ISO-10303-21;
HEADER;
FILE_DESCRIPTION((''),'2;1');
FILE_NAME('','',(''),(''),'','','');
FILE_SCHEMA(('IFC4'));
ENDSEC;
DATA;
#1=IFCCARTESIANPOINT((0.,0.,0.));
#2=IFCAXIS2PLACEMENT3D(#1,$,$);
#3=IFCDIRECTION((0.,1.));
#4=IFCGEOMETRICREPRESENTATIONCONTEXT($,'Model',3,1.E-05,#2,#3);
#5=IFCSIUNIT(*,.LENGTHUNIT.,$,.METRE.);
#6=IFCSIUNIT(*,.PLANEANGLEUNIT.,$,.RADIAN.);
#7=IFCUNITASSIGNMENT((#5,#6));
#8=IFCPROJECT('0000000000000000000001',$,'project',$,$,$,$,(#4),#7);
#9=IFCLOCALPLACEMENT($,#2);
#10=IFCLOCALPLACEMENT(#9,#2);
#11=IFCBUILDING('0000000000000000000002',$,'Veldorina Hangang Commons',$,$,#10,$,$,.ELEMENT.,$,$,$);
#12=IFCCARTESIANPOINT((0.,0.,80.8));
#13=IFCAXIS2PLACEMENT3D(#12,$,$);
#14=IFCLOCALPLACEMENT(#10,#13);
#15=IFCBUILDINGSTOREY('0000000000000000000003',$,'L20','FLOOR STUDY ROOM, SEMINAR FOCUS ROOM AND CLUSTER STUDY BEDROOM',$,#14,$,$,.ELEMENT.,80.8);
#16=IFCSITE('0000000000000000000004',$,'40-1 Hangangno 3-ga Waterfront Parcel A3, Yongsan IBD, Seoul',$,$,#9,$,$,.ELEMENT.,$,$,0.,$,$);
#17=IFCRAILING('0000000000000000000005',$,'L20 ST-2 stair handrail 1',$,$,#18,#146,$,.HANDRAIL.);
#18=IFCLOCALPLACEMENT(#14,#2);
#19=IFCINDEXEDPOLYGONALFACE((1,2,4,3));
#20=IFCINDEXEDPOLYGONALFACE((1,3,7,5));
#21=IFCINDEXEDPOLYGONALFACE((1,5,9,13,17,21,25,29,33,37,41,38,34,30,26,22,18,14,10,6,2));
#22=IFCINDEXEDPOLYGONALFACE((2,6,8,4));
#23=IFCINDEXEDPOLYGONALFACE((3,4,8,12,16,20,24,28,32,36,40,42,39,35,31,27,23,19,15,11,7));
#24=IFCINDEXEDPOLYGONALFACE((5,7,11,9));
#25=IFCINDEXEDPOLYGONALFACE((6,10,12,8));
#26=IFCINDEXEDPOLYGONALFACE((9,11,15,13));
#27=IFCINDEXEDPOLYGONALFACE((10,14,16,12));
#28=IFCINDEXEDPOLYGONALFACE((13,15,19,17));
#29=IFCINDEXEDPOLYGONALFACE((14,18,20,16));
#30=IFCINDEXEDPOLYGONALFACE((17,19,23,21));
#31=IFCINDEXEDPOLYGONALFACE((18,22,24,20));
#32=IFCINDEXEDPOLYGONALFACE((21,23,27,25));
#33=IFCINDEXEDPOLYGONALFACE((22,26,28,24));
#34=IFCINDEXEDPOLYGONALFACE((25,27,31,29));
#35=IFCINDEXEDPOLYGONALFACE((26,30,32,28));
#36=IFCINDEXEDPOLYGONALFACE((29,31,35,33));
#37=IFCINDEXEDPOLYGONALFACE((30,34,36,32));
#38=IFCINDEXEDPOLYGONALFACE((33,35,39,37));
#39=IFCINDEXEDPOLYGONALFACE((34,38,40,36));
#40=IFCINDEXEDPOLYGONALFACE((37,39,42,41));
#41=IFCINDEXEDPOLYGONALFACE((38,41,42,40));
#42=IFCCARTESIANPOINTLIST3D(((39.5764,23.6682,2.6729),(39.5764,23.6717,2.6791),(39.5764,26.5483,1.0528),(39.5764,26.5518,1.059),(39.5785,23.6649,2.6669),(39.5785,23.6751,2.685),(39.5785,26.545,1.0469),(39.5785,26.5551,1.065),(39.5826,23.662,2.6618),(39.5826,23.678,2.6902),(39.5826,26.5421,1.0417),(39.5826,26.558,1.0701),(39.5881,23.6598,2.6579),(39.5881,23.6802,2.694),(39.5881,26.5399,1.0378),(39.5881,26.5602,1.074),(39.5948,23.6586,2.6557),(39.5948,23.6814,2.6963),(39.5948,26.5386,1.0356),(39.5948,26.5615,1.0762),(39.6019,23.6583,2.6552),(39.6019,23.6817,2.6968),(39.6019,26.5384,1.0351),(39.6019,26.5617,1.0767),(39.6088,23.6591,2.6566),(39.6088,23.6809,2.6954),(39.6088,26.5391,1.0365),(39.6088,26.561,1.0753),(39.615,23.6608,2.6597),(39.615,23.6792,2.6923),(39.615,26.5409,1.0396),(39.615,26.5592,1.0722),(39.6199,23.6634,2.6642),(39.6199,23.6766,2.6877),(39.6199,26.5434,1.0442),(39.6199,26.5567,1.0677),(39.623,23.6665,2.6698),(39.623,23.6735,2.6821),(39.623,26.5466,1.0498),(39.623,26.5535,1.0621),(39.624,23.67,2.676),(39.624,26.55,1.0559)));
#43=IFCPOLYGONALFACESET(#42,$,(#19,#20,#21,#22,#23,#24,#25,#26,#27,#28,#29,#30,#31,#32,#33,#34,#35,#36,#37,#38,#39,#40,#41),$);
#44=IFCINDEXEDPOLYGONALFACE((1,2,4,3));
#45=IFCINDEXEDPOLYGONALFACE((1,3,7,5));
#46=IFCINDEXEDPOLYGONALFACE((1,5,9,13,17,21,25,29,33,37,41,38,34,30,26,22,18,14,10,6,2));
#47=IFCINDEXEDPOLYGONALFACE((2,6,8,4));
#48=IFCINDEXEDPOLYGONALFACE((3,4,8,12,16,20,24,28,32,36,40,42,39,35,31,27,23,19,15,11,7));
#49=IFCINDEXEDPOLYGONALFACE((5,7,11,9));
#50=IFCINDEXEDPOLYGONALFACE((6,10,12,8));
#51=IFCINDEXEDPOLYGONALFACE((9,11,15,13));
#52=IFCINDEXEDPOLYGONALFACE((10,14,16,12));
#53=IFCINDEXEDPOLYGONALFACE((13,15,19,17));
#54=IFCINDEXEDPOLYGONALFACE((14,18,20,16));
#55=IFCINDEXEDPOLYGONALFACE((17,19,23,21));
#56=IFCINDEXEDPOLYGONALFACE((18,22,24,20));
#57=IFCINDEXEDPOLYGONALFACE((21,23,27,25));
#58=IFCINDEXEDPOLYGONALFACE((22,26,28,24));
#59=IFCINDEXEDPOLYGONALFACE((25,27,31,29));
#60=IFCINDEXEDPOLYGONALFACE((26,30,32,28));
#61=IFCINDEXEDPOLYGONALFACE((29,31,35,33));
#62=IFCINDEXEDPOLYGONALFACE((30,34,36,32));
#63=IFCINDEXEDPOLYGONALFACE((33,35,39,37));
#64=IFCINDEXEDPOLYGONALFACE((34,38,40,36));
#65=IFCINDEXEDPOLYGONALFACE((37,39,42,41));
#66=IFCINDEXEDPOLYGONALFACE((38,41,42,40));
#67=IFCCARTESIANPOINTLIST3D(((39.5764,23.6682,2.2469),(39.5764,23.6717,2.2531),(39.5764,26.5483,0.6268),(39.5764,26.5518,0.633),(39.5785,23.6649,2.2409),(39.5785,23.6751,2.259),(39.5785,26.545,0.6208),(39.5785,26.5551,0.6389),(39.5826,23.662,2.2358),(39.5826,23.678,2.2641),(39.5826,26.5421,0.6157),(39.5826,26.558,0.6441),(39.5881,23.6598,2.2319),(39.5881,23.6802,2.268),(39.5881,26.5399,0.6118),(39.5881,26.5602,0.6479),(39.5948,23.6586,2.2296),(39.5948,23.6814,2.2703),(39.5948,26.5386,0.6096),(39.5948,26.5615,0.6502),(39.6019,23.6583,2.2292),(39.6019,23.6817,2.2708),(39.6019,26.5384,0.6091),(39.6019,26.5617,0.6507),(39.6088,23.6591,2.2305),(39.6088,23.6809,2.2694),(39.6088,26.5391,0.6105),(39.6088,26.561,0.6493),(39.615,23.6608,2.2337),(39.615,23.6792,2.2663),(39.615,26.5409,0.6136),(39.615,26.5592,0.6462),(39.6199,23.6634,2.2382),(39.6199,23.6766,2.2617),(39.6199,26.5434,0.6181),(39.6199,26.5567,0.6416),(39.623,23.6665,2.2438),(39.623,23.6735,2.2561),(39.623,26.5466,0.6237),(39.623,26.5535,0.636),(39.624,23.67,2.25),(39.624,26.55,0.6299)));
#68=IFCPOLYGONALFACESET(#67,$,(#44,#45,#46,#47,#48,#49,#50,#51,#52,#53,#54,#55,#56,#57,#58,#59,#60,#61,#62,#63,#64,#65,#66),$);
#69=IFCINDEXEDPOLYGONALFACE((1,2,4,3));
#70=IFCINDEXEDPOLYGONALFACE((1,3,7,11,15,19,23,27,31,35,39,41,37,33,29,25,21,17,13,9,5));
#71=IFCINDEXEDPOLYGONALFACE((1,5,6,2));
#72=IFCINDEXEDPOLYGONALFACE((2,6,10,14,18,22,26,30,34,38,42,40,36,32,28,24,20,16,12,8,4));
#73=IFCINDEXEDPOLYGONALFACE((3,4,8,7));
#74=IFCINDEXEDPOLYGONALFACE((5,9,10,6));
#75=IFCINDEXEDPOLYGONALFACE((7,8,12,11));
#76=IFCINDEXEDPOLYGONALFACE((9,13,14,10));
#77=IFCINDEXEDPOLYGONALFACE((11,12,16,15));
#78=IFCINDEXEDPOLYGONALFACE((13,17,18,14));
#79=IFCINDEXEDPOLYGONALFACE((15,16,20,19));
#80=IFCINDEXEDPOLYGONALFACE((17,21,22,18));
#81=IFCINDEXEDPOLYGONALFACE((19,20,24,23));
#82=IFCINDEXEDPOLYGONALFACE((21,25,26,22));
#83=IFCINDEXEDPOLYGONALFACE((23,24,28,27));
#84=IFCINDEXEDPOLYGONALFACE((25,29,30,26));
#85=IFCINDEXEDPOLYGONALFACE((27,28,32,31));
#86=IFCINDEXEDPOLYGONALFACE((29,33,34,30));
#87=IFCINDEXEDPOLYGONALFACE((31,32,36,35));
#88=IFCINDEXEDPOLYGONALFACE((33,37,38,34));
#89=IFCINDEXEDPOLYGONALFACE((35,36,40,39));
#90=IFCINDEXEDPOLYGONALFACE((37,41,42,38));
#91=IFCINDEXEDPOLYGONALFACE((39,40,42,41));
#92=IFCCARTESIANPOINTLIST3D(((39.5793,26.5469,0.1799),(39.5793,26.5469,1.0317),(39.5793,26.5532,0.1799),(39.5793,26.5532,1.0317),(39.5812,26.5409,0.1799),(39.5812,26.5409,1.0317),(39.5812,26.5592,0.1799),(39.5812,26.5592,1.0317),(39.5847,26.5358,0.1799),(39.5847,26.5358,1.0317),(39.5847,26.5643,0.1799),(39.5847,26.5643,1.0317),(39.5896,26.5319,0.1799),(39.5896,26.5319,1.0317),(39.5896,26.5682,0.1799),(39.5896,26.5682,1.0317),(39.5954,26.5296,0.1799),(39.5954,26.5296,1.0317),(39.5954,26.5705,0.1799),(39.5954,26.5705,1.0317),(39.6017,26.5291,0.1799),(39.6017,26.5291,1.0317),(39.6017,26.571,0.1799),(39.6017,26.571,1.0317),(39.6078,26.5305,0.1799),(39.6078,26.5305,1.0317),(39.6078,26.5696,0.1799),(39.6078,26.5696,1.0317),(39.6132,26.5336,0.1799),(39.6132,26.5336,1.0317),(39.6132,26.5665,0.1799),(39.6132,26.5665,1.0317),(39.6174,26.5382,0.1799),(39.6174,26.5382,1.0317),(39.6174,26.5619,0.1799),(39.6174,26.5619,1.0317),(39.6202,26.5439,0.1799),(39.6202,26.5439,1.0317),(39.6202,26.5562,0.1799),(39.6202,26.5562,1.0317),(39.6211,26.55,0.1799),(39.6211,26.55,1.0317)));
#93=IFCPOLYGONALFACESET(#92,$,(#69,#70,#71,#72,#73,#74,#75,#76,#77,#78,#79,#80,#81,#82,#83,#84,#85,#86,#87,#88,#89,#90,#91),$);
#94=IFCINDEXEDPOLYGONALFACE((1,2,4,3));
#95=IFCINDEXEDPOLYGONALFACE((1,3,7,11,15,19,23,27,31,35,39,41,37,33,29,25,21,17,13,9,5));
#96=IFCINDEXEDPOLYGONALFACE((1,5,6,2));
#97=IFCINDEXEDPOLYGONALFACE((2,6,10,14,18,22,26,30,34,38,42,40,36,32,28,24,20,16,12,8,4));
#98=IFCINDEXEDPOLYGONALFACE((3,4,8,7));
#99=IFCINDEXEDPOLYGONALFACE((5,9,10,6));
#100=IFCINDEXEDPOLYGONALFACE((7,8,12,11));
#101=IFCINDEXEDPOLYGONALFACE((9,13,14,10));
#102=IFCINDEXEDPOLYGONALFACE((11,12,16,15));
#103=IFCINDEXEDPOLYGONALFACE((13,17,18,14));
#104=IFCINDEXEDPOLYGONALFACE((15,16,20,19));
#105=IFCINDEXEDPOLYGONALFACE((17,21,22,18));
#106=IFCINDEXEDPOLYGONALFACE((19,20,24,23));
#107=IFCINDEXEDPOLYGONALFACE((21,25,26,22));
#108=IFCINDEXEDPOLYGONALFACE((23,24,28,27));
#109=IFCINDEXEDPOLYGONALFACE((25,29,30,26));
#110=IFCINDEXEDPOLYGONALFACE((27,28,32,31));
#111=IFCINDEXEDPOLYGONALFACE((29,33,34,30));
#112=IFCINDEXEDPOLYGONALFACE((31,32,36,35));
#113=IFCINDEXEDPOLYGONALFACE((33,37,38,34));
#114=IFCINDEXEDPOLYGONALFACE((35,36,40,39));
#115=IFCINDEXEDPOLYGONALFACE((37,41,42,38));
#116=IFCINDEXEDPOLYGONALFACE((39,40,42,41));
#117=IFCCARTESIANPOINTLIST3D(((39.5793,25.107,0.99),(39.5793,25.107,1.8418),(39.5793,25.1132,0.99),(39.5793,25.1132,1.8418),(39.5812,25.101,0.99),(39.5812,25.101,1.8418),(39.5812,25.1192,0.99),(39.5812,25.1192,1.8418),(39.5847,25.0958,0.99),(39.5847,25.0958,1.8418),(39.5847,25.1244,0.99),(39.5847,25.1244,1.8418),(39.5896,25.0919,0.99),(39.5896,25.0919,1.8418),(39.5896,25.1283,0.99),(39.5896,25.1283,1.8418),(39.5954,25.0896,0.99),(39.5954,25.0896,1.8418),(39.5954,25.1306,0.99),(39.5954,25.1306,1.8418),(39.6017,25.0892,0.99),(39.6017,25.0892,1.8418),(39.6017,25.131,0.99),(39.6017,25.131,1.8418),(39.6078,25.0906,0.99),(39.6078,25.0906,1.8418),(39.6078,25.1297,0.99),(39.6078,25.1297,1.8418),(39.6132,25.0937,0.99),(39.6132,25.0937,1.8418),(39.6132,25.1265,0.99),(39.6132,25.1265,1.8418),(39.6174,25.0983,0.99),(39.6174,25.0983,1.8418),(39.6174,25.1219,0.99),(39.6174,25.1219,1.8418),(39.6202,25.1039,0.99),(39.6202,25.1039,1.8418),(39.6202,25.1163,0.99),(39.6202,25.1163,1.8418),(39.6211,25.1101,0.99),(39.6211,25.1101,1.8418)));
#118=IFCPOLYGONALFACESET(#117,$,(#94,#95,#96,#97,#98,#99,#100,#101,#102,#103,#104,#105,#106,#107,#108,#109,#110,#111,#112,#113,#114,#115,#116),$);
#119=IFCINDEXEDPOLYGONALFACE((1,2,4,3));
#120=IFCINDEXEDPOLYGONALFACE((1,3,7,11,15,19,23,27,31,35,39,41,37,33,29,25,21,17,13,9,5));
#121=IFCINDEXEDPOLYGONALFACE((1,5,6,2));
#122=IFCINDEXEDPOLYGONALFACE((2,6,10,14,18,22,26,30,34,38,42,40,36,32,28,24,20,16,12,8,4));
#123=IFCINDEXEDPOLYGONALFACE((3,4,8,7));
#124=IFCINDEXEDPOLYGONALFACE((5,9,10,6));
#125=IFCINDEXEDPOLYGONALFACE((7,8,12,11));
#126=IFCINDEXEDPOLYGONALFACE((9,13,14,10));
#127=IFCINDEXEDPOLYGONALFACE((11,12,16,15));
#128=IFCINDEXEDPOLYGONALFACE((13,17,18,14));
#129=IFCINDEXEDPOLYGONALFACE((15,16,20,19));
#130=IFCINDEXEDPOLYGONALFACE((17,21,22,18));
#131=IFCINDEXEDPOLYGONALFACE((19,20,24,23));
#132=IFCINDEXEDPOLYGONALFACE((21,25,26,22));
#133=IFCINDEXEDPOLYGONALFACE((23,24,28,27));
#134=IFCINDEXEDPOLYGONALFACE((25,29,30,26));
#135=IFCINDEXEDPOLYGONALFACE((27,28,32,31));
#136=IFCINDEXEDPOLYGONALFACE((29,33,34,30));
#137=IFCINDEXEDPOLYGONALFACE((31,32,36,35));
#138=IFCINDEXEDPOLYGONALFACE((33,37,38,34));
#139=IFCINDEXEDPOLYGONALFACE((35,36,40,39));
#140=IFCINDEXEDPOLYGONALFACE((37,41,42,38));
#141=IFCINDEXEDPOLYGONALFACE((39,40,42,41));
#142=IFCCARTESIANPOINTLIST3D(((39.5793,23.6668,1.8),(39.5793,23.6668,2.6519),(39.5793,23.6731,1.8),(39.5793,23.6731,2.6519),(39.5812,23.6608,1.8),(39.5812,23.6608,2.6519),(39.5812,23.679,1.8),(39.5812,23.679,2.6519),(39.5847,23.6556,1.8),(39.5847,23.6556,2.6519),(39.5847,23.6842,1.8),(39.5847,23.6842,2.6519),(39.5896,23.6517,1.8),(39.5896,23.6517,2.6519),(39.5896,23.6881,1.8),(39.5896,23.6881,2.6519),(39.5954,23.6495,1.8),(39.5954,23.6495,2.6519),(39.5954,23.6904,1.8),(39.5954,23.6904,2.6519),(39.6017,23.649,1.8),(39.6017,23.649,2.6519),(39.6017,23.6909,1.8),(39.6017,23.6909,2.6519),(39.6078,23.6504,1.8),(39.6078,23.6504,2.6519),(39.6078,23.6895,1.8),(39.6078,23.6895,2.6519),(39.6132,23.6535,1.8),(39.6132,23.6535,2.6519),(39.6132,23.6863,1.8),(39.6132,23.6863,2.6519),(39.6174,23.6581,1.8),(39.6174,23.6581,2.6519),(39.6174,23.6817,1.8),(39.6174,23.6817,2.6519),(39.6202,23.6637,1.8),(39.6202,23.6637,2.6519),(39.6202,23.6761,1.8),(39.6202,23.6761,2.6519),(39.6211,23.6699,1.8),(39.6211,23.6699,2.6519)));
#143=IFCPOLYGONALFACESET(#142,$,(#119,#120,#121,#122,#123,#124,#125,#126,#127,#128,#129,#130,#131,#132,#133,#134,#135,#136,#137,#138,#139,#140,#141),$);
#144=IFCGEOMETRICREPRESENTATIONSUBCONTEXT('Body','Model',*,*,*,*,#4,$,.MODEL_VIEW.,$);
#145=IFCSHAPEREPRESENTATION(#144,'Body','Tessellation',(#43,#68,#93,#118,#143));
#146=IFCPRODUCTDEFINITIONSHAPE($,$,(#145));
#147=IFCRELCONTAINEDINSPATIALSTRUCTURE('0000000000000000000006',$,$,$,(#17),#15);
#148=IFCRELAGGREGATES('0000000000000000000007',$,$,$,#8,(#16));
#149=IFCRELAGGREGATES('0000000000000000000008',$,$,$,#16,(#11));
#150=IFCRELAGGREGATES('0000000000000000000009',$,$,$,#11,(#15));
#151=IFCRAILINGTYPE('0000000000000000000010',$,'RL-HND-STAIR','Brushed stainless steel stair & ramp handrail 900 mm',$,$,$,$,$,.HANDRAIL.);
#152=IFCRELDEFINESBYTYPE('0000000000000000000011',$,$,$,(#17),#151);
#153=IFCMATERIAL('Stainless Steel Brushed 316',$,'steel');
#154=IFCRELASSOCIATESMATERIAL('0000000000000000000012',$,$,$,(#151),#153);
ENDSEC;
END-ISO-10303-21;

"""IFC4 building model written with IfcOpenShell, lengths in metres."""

from ifc_helpers import new_model, si_unit, direction, frame, origin, origin_2d, place, context, subcontext, project, spatial, circle, extrude, material, type_object, element, save


model = new_model("IFC4")

# Units and contexts
model_context = context("Model", 3, precision=1e-05, world=origin(), true_north=direction((0.0, 1.0)))
body_context = subcontext(model_context, "Body", "Model", "MODEL_VIEW")
ifc_project = project(units=[si_unit("LENGTHUNIT", "METRE"), si_unit("PLANEANGLEUNIT", "RADIAN")], contexts=[model_context])

# Site, building, storey
site_placement = place(None, origin())
site = spatial("IfcSite", under=ifc_project, at=site_placement, Name="40-1 Hangangno 3-ga Waterfront Parcel A3, Yongsan IBD, Seoul", CompositionType="ELEMENT", RefElevation=0.0)
building_placement = place(site_placement, origin())
building = spatial("IfcBuilding", under=site, at=building_placement, Name="Veldorina Hangang Commons", CompositionType="ELEMENT")
storey_placement = place(building_placement, frame((0.0, 0.0, 80.8)))
storey = spatial("IfcBuildingStorey", under=building, at=storey_placement, Name="L20", Description="FLOOR STUDY ROOM, SEMINAR FOCUS ROOM AND CLUSTER STUDY BEDROOM", CompositionType="ELEMENT", Elevation=80.8)

# Railing
ifc_material_1 = material(Name="Stainless Steel Brushed 316", Category="steel")
railing_type_1 = type_object("IfcRailingType", Name="RL-HND-STAIR", Description="Brushed stainless steel stair & ramp handrail 900 mm", PredefinedType="HANDRAIL", material=ifc_material_1)
railing_1_placement = place(storey_placement, frame((39.6001, 26.55, 0.1799)))
element("IfcRailing", 1, at=railing_1_placement, inside=storey, type_object=railing_type_1, Name="L20 ST-2 stair handrail 1", PredefinedType="HANDRAIL", context=body_context, shape_type="SweptSolid", body=[
    extrude(circle(Radius=0.0239, at=origin_2d()), frame((0.0, 0.0, 0.876), z_axis=(0.0, -0.87157, 0.490272), x_axis=(1.0, 0.0, 0.0)), (0.0, 0.0, 1.0), 3.3044),
    extrude(circle(Radius=0.0239, at=origin_2d()), frame((0.0, 0.0, 0.45), z_axis=(0.0, -0.87157, 0.490272), x_axis=(1.0, 0.0, 0.0)), (0.0, 0.0, 1.0), 3.3044),
    extrude(circle(Radius=0.021, at=origin_2d()), origin(), (0.0, 0.0, 1.0), 0.8518),
    extrude(circle(Radius=0.021, at=origin_2d()), frame((0.0, -1.4399, 0.8101)), (0.0, 0.0, 1.0), 0.8518),
    extrude(circle(Radius=0.021, at=origin_2d()), frame((0.0, -2.8801, 1.6201)), (0.0, 0.0, 1.0), 0.8518),
])

save(model, "model.ifc")
